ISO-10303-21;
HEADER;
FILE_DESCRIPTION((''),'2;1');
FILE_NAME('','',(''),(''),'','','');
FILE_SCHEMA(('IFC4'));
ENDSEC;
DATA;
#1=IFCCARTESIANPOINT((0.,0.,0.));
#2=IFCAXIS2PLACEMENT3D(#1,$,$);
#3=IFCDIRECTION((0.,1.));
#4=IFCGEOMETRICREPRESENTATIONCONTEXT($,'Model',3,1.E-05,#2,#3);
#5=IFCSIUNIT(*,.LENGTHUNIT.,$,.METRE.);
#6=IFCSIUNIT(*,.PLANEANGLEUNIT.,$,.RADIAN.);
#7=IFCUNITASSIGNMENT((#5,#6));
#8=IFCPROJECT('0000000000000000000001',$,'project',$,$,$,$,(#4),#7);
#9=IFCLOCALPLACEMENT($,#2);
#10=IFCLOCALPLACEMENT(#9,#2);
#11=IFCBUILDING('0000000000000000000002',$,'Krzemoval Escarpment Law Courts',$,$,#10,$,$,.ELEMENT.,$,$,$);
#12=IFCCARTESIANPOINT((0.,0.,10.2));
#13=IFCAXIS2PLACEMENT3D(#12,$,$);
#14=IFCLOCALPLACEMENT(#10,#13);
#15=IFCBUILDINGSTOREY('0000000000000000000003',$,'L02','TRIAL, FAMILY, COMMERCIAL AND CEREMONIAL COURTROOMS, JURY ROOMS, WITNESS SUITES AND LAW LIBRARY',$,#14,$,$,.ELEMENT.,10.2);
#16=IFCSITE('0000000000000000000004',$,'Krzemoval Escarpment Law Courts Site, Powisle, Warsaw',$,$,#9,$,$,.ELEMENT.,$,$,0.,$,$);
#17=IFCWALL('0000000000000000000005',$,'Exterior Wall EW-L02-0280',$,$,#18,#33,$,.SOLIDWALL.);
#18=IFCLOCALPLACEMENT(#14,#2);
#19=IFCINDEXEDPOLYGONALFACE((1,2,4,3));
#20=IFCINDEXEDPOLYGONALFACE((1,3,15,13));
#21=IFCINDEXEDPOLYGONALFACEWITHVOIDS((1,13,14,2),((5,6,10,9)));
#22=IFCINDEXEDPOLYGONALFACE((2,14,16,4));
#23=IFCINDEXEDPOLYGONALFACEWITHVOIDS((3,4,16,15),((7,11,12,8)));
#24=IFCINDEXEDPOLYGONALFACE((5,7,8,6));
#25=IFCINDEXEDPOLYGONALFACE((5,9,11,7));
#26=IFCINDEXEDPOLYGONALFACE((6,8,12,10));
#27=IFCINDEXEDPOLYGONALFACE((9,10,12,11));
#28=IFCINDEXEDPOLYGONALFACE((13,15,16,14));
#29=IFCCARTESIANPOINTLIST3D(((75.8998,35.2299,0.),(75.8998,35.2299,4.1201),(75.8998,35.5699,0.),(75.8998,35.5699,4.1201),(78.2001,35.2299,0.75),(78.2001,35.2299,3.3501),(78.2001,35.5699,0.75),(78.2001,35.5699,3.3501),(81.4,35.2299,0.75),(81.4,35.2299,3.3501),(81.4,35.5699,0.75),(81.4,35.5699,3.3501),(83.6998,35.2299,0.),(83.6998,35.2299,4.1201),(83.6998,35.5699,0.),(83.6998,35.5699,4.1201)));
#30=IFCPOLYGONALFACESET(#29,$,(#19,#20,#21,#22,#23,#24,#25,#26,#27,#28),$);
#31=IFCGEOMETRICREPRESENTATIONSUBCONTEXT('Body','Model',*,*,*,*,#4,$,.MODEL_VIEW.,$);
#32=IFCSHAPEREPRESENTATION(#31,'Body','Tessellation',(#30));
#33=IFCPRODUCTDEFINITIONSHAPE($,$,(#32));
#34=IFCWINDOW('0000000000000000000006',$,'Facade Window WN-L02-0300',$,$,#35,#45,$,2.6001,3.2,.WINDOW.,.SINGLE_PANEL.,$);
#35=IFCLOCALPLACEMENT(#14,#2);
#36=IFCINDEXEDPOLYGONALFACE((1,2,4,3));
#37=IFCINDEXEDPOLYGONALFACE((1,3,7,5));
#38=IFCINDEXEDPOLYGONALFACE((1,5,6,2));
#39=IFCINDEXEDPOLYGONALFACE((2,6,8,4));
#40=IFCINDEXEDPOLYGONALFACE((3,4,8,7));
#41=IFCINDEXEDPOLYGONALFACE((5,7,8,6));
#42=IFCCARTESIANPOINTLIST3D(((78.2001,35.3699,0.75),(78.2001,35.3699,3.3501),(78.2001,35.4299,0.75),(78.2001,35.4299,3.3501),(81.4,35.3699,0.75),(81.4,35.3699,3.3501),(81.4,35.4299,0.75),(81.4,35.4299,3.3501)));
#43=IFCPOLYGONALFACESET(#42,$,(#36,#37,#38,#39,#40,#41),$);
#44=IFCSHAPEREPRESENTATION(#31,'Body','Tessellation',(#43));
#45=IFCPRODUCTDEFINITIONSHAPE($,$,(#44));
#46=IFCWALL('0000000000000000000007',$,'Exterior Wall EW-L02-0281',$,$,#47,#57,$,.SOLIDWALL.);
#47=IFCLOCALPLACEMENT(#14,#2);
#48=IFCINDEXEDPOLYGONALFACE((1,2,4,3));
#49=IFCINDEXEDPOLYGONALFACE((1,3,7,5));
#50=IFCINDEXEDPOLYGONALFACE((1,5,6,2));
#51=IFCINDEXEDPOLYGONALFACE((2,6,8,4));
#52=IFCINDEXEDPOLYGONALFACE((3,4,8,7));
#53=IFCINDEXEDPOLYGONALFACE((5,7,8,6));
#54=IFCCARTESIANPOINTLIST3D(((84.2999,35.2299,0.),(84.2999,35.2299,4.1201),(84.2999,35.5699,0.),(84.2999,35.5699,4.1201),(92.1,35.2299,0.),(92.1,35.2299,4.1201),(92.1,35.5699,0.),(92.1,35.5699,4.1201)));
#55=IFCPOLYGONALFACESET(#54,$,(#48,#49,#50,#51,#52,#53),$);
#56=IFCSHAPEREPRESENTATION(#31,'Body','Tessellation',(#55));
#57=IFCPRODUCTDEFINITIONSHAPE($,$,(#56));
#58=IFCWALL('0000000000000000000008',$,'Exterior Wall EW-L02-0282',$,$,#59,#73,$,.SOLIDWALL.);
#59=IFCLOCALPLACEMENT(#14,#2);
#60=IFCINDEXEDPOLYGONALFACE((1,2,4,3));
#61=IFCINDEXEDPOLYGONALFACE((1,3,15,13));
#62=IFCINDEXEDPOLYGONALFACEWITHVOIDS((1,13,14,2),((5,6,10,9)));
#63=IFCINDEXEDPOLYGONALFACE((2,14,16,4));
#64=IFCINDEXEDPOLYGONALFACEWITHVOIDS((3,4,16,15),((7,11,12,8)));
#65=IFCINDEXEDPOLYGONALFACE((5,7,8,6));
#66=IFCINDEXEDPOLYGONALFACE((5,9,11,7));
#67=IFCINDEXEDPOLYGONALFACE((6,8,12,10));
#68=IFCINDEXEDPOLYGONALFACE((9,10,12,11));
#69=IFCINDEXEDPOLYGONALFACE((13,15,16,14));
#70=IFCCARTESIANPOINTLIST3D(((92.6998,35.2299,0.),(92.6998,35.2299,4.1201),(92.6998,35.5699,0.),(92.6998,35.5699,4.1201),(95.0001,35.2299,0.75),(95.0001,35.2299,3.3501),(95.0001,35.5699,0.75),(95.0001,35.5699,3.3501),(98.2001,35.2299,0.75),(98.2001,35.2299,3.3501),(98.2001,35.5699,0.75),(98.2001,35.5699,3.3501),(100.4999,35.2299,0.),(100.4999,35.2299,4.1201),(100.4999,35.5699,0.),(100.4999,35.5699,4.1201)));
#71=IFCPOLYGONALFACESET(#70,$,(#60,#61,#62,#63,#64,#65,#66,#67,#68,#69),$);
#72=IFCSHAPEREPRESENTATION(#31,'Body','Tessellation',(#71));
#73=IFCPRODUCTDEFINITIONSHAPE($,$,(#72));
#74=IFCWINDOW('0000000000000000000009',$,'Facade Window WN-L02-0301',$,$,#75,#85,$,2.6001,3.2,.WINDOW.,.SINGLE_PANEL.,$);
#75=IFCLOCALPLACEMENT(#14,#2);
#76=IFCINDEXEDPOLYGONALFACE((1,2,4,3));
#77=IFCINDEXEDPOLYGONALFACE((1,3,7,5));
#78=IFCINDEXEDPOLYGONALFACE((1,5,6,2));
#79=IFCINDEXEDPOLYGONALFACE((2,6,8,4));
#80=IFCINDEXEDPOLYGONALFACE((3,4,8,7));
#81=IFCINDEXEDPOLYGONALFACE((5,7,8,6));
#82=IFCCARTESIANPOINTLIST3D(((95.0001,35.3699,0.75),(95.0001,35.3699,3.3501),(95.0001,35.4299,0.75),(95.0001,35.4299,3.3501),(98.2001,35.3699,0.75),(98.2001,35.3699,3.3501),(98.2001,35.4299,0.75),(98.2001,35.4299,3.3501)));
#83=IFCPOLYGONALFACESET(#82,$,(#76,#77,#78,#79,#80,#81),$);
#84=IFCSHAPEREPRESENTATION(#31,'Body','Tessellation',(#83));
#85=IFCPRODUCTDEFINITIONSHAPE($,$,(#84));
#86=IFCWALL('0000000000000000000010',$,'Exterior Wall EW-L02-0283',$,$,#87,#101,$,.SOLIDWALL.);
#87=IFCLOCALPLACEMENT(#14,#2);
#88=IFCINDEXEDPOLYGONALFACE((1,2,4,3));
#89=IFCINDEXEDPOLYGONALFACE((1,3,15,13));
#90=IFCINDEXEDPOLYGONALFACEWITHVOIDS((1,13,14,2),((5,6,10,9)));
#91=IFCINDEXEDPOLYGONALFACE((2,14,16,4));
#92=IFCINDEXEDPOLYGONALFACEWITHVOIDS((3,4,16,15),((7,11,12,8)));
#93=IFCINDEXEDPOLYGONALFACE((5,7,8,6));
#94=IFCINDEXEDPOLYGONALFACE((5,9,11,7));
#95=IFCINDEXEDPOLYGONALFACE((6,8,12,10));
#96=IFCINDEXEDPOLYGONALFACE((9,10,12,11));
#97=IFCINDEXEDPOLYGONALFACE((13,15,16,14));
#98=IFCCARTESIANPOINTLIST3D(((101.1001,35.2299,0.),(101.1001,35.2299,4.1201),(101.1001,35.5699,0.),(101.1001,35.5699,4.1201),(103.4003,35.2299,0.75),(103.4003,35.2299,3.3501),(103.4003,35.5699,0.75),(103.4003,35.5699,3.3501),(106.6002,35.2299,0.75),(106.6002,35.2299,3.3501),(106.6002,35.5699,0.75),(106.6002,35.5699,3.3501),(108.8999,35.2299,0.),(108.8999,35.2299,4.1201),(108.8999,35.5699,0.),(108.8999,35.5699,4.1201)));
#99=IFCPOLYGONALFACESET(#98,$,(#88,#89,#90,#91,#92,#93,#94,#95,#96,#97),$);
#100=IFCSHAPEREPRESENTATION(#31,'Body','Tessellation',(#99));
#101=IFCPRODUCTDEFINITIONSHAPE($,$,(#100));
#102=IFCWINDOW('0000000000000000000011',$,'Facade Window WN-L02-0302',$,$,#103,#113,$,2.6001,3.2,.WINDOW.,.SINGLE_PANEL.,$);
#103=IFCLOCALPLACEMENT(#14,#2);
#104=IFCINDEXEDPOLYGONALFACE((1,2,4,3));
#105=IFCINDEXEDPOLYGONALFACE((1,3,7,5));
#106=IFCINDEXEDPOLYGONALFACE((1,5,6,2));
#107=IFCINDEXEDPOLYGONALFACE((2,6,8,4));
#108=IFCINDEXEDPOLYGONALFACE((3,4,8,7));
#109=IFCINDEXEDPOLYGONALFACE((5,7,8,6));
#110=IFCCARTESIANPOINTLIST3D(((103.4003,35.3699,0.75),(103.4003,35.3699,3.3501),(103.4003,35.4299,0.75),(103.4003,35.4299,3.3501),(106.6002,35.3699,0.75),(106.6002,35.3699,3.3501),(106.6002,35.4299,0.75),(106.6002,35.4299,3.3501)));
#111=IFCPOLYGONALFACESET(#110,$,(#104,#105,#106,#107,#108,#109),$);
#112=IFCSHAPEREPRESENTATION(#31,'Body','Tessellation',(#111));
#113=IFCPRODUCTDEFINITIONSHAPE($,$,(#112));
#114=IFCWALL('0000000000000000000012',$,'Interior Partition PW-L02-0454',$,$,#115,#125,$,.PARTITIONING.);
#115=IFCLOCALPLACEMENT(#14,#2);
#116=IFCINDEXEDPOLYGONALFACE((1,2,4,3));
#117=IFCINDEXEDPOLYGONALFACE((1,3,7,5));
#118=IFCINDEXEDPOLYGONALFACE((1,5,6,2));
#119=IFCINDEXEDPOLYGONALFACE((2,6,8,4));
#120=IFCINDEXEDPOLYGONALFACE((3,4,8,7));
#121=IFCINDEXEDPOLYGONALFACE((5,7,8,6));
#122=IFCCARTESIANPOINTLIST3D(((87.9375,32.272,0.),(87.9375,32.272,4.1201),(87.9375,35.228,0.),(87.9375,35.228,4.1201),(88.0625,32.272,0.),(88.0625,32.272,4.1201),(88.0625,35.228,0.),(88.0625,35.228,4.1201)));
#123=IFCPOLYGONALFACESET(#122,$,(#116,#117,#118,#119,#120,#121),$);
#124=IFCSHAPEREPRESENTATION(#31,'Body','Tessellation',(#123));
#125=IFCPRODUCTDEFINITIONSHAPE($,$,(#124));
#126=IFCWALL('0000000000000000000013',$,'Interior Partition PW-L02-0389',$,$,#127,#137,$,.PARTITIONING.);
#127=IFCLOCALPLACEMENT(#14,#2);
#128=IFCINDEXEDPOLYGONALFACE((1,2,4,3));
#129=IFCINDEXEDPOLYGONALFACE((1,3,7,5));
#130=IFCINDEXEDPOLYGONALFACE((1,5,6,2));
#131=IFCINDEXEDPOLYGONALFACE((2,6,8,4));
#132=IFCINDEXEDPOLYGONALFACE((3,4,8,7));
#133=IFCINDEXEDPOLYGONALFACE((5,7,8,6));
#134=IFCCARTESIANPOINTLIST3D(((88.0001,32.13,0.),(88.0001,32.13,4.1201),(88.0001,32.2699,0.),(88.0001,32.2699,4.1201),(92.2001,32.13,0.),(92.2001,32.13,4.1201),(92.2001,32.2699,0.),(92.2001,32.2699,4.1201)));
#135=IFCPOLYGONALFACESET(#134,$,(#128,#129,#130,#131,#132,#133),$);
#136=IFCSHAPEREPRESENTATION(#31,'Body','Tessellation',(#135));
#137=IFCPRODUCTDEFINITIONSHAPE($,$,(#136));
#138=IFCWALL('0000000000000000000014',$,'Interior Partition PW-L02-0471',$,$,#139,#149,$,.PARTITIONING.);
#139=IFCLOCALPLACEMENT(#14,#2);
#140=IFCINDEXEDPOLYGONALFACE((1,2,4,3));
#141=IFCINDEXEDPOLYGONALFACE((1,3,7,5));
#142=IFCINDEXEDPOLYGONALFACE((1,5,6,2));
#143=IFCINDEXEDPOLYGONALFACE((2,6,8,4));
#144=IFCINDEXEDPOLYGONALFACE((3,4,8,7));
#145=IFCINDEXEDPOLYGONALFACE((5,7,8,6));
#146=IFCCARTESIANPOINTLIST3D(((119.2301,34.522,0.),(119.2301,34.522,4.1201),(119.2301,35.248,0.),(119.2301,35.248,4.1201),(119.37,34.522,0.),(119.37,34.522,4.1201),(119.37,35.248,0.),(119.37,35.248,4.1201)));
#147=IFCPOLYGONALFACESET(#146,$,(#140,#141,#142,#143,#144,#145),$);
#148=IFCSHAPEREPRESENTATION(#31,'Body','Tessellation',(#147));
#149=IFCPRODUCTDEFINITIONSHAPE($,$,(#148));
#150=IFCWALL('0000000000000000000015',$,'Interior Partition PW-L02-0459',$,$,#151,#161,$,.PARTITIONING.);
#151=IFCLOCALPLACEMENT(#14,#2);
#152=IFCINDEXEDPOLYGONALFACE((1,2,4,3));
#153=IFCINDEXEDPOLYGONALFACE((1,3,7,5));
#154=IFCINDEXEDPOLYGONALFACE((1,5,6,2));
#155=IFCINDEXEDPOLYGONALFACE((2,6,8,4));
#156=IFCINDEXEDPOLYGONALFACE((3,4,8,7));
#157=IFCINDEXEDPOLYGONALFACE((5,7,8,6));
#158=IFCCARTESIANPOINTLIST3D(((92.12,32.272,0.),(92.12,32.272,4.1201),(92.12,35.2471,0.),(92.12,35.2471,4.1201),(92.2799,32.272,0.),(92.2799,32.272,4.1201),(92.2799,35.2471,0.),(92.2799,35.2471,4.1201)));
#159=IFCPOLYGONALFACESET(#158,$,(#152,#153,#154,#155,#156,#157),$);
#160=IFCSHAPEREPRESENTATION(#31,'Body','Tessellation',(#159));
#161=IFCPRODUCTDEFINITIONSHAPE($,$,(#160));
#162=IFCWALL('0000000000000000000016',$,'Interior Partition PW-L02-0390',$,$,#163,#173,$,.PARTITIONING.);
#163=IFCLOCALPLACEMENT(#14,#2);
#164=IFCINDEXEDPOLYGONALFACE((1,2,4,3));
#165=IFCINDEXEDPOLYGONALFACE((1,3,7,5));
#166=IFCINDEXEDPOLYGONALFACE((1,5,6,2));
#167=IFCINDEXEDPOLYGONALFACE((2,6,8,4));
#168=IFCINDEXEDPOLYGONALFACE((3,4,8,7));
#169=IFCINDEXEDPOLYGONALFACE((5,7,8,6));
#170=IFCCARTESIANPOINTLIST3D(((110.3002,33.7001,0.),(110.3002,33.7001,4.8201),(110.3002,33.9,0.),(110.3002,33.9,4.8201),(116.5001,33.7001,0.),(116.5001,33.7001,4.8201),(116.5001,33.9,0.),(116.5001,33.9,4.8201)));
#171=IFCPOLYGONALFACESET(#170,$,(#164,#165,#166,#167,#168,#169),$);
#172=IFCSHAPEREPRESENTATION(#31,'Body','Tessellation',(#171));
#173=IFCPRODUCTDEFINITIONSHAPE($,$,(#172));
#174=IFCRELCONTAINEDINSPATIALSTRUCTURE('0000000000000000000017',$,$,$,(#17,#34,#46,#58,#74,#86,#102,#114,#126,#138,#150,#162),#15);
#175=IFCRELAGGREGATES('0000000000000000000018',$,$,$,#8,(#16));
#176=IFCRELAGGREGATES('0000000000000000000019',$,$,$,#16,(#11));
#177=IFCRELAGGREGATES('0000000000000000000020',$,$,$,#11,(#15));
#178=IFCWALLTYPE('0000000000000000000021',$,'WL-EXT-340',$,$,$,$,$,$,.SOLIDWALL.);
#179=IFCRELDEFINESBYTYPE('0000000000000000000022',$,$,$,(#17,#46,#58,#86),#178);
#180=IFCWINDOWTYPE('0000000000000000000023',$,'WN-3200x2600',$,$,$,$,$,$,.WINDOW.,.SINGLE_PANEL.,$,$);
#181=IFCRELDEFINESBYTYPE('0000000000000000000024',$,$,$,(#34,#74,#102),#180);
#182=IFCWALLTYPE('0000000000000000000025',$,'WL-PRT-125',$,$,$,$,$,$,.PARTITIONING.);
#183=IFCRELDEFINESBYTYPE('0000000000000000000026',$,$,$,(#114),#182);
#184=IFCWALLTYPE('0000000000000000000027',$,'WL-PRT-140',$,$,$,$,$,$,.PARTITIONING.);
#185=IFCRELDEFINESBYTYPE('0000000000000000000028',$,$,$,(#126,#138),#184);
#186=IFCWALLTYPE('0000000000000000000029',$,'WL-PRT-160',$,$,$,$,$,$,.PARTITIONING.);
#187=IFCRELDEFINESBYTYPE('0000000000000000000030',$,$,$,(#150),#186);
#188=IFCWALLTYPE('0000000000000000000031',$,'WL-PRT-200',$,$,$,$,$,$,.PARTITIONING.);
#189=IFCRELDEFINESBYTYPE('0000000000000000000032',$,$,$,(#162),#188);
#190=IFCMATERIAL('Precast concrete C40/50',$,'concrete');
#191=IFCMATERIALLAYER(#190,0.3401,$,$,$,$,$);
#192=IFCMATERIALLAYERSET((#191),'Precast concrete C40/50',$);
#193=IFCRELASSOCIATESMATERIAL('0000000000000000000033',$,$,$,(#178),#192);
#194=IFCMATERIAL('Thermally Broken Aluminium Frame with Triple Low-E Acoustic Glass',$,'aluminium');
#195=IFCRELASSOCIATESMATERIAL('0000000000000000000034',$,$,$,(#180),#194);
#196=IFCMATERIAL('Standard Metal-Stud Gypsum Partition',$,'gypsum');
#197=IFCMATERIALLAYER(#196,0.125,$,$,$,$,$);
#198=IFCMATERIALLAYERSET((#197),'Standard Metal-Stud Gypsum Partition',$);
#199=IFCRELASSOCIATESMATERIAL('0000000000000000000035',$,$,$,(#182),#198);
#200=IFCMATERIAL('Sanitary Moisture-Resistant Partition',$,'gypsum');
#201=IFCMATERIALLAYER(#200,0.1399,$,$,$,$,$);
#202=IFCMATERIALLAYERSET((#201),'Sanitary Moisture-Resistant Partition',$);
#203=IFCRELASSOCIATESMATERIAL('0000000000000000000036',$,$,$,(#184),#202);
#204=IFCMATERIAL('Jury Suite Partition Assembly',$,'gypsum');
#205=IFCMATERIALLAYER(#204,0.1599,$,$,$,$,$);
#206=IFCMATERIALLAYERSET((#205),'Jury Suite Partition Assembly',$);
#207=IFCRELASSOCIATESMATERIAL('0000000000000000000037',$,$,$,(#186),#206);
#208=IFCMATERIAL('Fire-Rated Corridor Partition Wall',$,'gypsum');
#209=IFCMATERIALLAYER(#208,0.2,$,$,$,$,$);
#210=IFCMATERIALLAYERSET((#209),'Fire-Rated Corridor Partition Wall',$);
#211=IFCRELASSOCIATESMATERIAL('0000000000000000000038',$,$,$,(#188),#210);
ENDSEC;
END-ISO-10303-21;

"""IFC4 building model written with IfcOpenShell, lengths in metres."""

from ifc_helpers import new_model, si_unit, direction, frame, frame_2d, origin, place, context, subcontext, project, spatial, rectangle, extrude, material, layer, layer_set, type_object, element, fill, save


model = new_model("IFC4")

# Units and contexts
model_context = context("Model", 3, precision=1e-05, world=origin(), true_north=direction((0.0, 1.0)))
body_context = subcontext(model_context, "Body", "Model", "MODEL_VIEW")
ifc_project = project(units=[si_unit("LENGTHUNIT", "METRE"), si_unit("PLANEANGLEUNIT", "RADIAN")], contexts=[model_context])

# Site, building, storey
site_placement = place(None, origin())
site = spatial("IfcSite", under=ifc_project, at=site_placement, Name="Krzemoval Escarpment Law Courts Site, Powisle, Warsaw", CompositionType="ELEMENT", RefElevation=0.0)
building_placement = place(site_placement, origin())
building = spatial("IfcBuilding", under=site, at=building_placement, Name="Krzemoval Escarpment Law Courts", CompositionType="ELEMENT")
storey_placement = place(building_placement, frame((0.0, 0.0, 10.2)))
storey = spatial("IfcBuildingStorey", under=building, at=storey_placement, Name="L02", Description="TRIAL, FAMILY, COMMERCIAL AND CEREMONIAL COURTROOMS, JURY ROOMS, WITNESS SUITES AND LAW LIBRARY", CompositionType="ELEMENT", Elevation=10.2)

# Wall, opening, window
ifc_material_1 = material(Name="Precast concrete C40/50", Category="concrete")
ifc_layer_1 = layer(ifc_material_1, 0.3401)
ifc_layer_set_1 = layer_set([ifc_layer_1], Name="Precast concrete C40/50")
wall_type_1 = type_object("IfcWallType", Name="WL-EXT-340", PredefinedType="SOLIDWALL", material=ifc_layer_set_1)
wall_1_placement = place(storey_placement, frame((75.8999, 35.3999, 0.0), z_axis=(0.0, 0.0, 1.0), x_axis=(1.0, 0.0, 0.0)))
wall_1 = element("IfcWall", 1, at=wall_1_placement, inside=storey, type_object=wall_type_1, Name="Exterior Wall EW-L02-0280", PredefinedType="SOLIDWALL", context=body_context, shape_type="SweptSolid", body=[
    extrude(rectangle(XDim=7.8, YDim=0.3401, at=frame_2d((3.8999, 0.0))), origin(), (0.0, 0.0, 1.0), 4.1201),
])
opening_1_placement = place(wall_1_placement, frame((2.3, 0.0, 0.75)))
opening_1 = element("IfcOpeningElement", 2, at=opening_1_placement, cuts=wall_1, PredefinedType="OPENING", context=body_context, shape_type="SweptSolid", body=[
    extrude(rectangle(XDim=3.2, YDim=2.6001, at=frame_2d((1.6001, 1.3))), frame((0.0, 0.185, 0.0), z_axis=(0.0, -1.0, 0.0), x_axis=(1.0, 0.0, 0.0)), (0.0, 0.0, 1.0), 0.3701),
])
ifc_material_2 = material(Name="Thermally Broken Aluminium Frame with Triple Low-E Acoustic Glass", Category="aluminium")
window_type_1 = type_object("IfcWindowType", Name="WN-3200x2600", PartitioningType="SINGLE_PANEL", PredefinedType="WINDOW", material=ifc_material_2)
window_1_placement = place(opening_1_placement, origin())
window_1 = element("IfcWindow", 3, at=window_1_placement, inside=storey, type_object=window_type_1, Name="Facade Window WN-L02-0300", OverallHeight=2.6001, OverallWidth=3.2, PartitioningType="SINGLE_PANEL", PredefinedType="WINDOW", context=body_context, shape_type="SweptSolid", body=[
    extrude(rectangle(XDim=3.2, YDim=2.6001, at=frame_2d((1.6001, 1.3))), frame((0.0, 0.03, 0.0), z_axis=(0.0, -1.0, 0.0), x_axis=(1.0, 0.0, 0.0)), (0.0, 0.0, 1.0), 0.0601),
])
fill(opening_1, window_1)

# Wall
wall_2_placement = place(storey_placement, frame((84.3, 35.3999, 0.0), z_axis=(0.0, 0.0, 1.0), x_axis=(1.0, 0.0, 0.0)))
element("IfcWall", 4, at=wall_2_placement, inside=storey, type_object=wall_type_1, Name="Exterior Wall EW-L02-0281", PredefinedType="SOLIDWALL", context=body_context, shape_type="SweptSolid", body=[
    extrude(rectangle(XDim=7.8, YDim=0.3401, at=frame_2d((3.8999, 0.0))), origin(), (0.0, 0.0, 1.0), 4.1201),
])

# Walls, openings, windows
wall_3_placement = place(storey_placement, frame((92.7, 35.3999, 0.0), z_axis=(0.0, 0.0, 1.0), x_axis=(1.0, 0.0, 0.0)))
wall_3 = element("IfcWall", 5, at=wall_3_placement, inside=storey, type_object=wall_type_1, Name="Exterior Wall EW-L02-0282", PredefinedType="SOLIDWALL", context=body_context, shape_type="SweptSolid", body=[
    extrude(rectangle(XDim=7.8, YDim=0.3401, at=frame_2d((3.8999, 0.0))), origin(), (0.0, 0.0, 1.0), 4.1201),
])
opening_2_placement = place(wall_3_placement, frame((2.3, 0.0, 0.75)))
opening_2 = element("IfcOpeningElement", 6, at=opening_2_placement, cuts=wall_3, PredefinedType="OPENING", context=body_context, shape_type="SweptSolid", body=[
    extrude(rectangle(XDim=3.2, YDim=2.6001, at=frame_2d((1.6001, 1.3))), frame((0.0, 0.185, 0.0), z_axis=(0.0, -1.0, 0.0), x_axis=(1.0, 0.0, 0.0)), (0.0, 0.0, 1.0), 0.3701),
])
window_2_placement = place(opening_2_placement, origin())
window_2 = element("IfcWindow", 7, at=window_2_placement, inside=storey, type_object=window_type_1, Name="Facade Window WN-L02-0301", OverallHeight=2.6001, OverallWidth=3.2, PartitioningType="SINGLE_PANEL", PredefinedType="WINDOW", context=body_context, shape_type="SweptSolid", body=[
    extrude(rectangle(XDim=3.2, YDim=2.6001, at=frame_2d((1.6001, 1.3))), frame((0.0, 0.03, 0.0), z_axis=(0.0, -1.0, 0.0), x_axis=(1.0, 0.0, 0.0)), (0.0, 0.0, 1.0), 0.0601),
])
fill(opening_2, window_2)
wall_4_placement = place(storey_placement, frame((101.1001, 35.3999, 0.0), z_axis=(0.0, 0.0, 1.0), x_axis=(1.0, 0.0, 0.0)))
wall_4 = element("IfcWall", 8, at=wall_4_placement, inside=storey, type_object=wall_type_1, Name="Exterior Wall EW-L02-0283", PredefinedType="SOLIDWALL", context=body_context, shape_type="SweptSolid", body=[
    extrude(rectangle(XDim=7.7998, YDim=0.3401, at=frame_2d((3.8999, 0.0))), origin(), (0.0, 0.0, 1.0), 4.1201),
])
opening_3_placement = place(wall_4_placement, frame((2.3, 0.0, 0.75)))
opening_3 = element("IfcOpeningElement", 9, at=opening_3_placement, cuts=wall_4, PredefinedType="OPENING", context=body_context, shape_type="SweptSolid", body=[
    extrude(rectangle(XDim=3.2, YDim=2.6001, at=frame_2d((1.6001, 1.3))), frame((0.0, 0.185, 0.0), z_axis=(0.0, -1.0, 0.0), x_axis=(1.0, 0.0, 0.0)), (0.0, 0.0, 1.0), 0.3701),
])
window_3_placement = place(opening_3_placement, origin())
window_3 = element("IfcWindow", 10, at=window_3_placement, inside=storey, type_object=window_type_1, Name="Facade Window WN-L02-0302", OverallHeight=2.6001, OverallWidth=3.2, PartitioningType="SINGLE_PANEL", PredefinedType="WINDOW", context=body_context, shape_type="SweptSolid", body=[
    extrude(rectangle(XDim=3.2, YDim=2.6001, at=frame_2d((1.6001, 1.3))), frame((0.0, 0.03, 0.0), z_axis=(0.0, -1.0, 0.0), x_axis=(1.0, 0.0, 0.0)), (0.0, 0.0, 1.0), 0.0601),
])
fill(opening_3, window_3)

# Walls
ifc_material_3 = material(Name="Standard Metal-Stud Gypsum Partition", Category="gypsum")
ifc_layer_2 = layer(ifc_material_3, 0.125)
ifc_layer_set_2 = layer_set([ifc_layer_2], Name="Standard Metal-Stud Gypsum Partition")
wall_type_2 = type_object("IfcWallType", Name="WL-PRT-125", PredefinedType="PARTITIONING", material=ifc_layer_set_2)
wall_5_placement = place(storey_placement, frame((88.0, 32.272, 0.0), z_axis=(0.0, 0.0, 1.0), x_axis=(0.0, 1.0, 0.0)))
element("IfcWall", 11, at=wall_5_placement, inside=storey, type_object=wall_type_2, Name="Interior Partition PW-L02-0454", PredefinedType="PARTITIONING", context=body_context, shape_type="SweptSolid", body=[
    extrude(rectangle(XDim=2.9561, YDim=0.125, at=frame_2d((1.478, 0.0))), origin(), (0.0, 0.0, 1.0), 4.1201),
])
ifc_material_4 = material(Name="Sanitary Moisture-Resistant Partition", Category="gypsum")
ifc_layer_3 = layer(ifc_material_4, 0.1399)
ifc_layer_set_3 = layer_set([ifc_layer_3], Name="Sanitary Moisture-Resistant Partition")
wall_type_3 = type_object("IfcWallType", Name="WL-PRT-140", PredefinedType="PARTITIONING", material=ifc_layer_set_3)
wall_6_placement = place(storey_placement, frame((88.0, 32.2, 0.0), z_axis=(0.0, 0.0, 1.0), x_axis=(1.0, 0.0, 0.0)))
element("IfcWall", 12, at=wall_6_placement, inside=storey, type_object=wall_type_3, Name="Interior Partition PW-L02-0389", PredefinedType="PARTITIONING", context=body_context, shape_type="SweptSolid", body=[
    extrude(rectangle(XDim=4.2, YDim=0.1399, at=frame_2d((2.1001, 0.0))), origin(), (0.0, 0.0, 1.0), 4.1201),
])
wall_7_placement = place(storey_placement, frame((119.3, 34.522, 0.0), z_axis=(0.0, 0.0, 1.0), x_axis=(0.0, 1.0, 0.0)))
element("IfcWall", 13, at=wall_7_placement, inside=storey, type_object=wall_type_3, Name="Interior Partition PW-L02-0471", PredefinedType="PARTITIONING", context=body_context, shape_type="SweptSolid", body=[
    extrude(rectangle(XDim=0.7261, YDim=0.1399, at=frame_2d((0.363, 0.0))), origin(), (0.0, 0.0, 1.0), 4.1201),
])
ifc_material_5 = material(Name="Jury Suite Partition Assembly", Category="gypsum")
ifc_layer_4 = layer(ifc_material_5, 0.1599)
ifc_layer_set_4 = layer_set([ifc_layer_4], Name="Jury Suite Partition Assembly")
wall_type_4 = type_object("IfcWallType", Name="WL-PRT-160", PredefinedType="PARTITIONING", material=ifc_layer_set_4)
wall_8_placement = place(storey_placement, frame((92.2, 32.272, 0.0), z_axis=(0.0, 0.0, 1.0), x_axis=(0.0, 1.0, 0.0)))
element("IfcWall", 14, at=wall_8_placement, inside=storey, type_object=wall_type_4, Name="Interior Partition PW-L02-0459", PredefinedType="PARTITIONING", context=body_context, shape_type="SweptSolid", body=[
    extrude(rectangle(XDim=2.9751, YDim=0.1599, at=frame_2d((1.4875, 0.0))), origin(), (0.0, 0.0, 1.0), 4.1201),
])
ifc_material_6 = material(Name="Fire-Rated Corridor Partition Wall", Category="gypsum")
ifc_layer_5 = layer(ifc_material_6, 0.2)
ifc_layer_set_5 = layer_set([ifc_layer_5], Name="Fire-Rated Corridor Partition Wall")
wall_type_5 = type_object("IfcWallType", Name="WL-PRT-200", PredefinedType="PARTITIONING", material=ifc_layer_set_5)
wall_9_placement = place(storey_placement, frame((110.3, 33.8, 0.0), z_axis=(0.0, 0.0, 1.0), x_axis=(1.0, 0.0, 0.0)))
element("IfcWall", 15, at=wall_9_placement, inside=storey, type_object=wall_type_5, Name="Interior Partition PW-L02-0390", PredefinedType="PARTITIONING", context=body_context, shape_type="SweptSolid", body=[
    extrude(rectangle(XDim=6.2, YDim=0.2, at=frame_2d((3.1001, 0.0))), origin(), (0.0, 0.0, 1.0), 4.8201),
])

save(model, "model.ifc")
